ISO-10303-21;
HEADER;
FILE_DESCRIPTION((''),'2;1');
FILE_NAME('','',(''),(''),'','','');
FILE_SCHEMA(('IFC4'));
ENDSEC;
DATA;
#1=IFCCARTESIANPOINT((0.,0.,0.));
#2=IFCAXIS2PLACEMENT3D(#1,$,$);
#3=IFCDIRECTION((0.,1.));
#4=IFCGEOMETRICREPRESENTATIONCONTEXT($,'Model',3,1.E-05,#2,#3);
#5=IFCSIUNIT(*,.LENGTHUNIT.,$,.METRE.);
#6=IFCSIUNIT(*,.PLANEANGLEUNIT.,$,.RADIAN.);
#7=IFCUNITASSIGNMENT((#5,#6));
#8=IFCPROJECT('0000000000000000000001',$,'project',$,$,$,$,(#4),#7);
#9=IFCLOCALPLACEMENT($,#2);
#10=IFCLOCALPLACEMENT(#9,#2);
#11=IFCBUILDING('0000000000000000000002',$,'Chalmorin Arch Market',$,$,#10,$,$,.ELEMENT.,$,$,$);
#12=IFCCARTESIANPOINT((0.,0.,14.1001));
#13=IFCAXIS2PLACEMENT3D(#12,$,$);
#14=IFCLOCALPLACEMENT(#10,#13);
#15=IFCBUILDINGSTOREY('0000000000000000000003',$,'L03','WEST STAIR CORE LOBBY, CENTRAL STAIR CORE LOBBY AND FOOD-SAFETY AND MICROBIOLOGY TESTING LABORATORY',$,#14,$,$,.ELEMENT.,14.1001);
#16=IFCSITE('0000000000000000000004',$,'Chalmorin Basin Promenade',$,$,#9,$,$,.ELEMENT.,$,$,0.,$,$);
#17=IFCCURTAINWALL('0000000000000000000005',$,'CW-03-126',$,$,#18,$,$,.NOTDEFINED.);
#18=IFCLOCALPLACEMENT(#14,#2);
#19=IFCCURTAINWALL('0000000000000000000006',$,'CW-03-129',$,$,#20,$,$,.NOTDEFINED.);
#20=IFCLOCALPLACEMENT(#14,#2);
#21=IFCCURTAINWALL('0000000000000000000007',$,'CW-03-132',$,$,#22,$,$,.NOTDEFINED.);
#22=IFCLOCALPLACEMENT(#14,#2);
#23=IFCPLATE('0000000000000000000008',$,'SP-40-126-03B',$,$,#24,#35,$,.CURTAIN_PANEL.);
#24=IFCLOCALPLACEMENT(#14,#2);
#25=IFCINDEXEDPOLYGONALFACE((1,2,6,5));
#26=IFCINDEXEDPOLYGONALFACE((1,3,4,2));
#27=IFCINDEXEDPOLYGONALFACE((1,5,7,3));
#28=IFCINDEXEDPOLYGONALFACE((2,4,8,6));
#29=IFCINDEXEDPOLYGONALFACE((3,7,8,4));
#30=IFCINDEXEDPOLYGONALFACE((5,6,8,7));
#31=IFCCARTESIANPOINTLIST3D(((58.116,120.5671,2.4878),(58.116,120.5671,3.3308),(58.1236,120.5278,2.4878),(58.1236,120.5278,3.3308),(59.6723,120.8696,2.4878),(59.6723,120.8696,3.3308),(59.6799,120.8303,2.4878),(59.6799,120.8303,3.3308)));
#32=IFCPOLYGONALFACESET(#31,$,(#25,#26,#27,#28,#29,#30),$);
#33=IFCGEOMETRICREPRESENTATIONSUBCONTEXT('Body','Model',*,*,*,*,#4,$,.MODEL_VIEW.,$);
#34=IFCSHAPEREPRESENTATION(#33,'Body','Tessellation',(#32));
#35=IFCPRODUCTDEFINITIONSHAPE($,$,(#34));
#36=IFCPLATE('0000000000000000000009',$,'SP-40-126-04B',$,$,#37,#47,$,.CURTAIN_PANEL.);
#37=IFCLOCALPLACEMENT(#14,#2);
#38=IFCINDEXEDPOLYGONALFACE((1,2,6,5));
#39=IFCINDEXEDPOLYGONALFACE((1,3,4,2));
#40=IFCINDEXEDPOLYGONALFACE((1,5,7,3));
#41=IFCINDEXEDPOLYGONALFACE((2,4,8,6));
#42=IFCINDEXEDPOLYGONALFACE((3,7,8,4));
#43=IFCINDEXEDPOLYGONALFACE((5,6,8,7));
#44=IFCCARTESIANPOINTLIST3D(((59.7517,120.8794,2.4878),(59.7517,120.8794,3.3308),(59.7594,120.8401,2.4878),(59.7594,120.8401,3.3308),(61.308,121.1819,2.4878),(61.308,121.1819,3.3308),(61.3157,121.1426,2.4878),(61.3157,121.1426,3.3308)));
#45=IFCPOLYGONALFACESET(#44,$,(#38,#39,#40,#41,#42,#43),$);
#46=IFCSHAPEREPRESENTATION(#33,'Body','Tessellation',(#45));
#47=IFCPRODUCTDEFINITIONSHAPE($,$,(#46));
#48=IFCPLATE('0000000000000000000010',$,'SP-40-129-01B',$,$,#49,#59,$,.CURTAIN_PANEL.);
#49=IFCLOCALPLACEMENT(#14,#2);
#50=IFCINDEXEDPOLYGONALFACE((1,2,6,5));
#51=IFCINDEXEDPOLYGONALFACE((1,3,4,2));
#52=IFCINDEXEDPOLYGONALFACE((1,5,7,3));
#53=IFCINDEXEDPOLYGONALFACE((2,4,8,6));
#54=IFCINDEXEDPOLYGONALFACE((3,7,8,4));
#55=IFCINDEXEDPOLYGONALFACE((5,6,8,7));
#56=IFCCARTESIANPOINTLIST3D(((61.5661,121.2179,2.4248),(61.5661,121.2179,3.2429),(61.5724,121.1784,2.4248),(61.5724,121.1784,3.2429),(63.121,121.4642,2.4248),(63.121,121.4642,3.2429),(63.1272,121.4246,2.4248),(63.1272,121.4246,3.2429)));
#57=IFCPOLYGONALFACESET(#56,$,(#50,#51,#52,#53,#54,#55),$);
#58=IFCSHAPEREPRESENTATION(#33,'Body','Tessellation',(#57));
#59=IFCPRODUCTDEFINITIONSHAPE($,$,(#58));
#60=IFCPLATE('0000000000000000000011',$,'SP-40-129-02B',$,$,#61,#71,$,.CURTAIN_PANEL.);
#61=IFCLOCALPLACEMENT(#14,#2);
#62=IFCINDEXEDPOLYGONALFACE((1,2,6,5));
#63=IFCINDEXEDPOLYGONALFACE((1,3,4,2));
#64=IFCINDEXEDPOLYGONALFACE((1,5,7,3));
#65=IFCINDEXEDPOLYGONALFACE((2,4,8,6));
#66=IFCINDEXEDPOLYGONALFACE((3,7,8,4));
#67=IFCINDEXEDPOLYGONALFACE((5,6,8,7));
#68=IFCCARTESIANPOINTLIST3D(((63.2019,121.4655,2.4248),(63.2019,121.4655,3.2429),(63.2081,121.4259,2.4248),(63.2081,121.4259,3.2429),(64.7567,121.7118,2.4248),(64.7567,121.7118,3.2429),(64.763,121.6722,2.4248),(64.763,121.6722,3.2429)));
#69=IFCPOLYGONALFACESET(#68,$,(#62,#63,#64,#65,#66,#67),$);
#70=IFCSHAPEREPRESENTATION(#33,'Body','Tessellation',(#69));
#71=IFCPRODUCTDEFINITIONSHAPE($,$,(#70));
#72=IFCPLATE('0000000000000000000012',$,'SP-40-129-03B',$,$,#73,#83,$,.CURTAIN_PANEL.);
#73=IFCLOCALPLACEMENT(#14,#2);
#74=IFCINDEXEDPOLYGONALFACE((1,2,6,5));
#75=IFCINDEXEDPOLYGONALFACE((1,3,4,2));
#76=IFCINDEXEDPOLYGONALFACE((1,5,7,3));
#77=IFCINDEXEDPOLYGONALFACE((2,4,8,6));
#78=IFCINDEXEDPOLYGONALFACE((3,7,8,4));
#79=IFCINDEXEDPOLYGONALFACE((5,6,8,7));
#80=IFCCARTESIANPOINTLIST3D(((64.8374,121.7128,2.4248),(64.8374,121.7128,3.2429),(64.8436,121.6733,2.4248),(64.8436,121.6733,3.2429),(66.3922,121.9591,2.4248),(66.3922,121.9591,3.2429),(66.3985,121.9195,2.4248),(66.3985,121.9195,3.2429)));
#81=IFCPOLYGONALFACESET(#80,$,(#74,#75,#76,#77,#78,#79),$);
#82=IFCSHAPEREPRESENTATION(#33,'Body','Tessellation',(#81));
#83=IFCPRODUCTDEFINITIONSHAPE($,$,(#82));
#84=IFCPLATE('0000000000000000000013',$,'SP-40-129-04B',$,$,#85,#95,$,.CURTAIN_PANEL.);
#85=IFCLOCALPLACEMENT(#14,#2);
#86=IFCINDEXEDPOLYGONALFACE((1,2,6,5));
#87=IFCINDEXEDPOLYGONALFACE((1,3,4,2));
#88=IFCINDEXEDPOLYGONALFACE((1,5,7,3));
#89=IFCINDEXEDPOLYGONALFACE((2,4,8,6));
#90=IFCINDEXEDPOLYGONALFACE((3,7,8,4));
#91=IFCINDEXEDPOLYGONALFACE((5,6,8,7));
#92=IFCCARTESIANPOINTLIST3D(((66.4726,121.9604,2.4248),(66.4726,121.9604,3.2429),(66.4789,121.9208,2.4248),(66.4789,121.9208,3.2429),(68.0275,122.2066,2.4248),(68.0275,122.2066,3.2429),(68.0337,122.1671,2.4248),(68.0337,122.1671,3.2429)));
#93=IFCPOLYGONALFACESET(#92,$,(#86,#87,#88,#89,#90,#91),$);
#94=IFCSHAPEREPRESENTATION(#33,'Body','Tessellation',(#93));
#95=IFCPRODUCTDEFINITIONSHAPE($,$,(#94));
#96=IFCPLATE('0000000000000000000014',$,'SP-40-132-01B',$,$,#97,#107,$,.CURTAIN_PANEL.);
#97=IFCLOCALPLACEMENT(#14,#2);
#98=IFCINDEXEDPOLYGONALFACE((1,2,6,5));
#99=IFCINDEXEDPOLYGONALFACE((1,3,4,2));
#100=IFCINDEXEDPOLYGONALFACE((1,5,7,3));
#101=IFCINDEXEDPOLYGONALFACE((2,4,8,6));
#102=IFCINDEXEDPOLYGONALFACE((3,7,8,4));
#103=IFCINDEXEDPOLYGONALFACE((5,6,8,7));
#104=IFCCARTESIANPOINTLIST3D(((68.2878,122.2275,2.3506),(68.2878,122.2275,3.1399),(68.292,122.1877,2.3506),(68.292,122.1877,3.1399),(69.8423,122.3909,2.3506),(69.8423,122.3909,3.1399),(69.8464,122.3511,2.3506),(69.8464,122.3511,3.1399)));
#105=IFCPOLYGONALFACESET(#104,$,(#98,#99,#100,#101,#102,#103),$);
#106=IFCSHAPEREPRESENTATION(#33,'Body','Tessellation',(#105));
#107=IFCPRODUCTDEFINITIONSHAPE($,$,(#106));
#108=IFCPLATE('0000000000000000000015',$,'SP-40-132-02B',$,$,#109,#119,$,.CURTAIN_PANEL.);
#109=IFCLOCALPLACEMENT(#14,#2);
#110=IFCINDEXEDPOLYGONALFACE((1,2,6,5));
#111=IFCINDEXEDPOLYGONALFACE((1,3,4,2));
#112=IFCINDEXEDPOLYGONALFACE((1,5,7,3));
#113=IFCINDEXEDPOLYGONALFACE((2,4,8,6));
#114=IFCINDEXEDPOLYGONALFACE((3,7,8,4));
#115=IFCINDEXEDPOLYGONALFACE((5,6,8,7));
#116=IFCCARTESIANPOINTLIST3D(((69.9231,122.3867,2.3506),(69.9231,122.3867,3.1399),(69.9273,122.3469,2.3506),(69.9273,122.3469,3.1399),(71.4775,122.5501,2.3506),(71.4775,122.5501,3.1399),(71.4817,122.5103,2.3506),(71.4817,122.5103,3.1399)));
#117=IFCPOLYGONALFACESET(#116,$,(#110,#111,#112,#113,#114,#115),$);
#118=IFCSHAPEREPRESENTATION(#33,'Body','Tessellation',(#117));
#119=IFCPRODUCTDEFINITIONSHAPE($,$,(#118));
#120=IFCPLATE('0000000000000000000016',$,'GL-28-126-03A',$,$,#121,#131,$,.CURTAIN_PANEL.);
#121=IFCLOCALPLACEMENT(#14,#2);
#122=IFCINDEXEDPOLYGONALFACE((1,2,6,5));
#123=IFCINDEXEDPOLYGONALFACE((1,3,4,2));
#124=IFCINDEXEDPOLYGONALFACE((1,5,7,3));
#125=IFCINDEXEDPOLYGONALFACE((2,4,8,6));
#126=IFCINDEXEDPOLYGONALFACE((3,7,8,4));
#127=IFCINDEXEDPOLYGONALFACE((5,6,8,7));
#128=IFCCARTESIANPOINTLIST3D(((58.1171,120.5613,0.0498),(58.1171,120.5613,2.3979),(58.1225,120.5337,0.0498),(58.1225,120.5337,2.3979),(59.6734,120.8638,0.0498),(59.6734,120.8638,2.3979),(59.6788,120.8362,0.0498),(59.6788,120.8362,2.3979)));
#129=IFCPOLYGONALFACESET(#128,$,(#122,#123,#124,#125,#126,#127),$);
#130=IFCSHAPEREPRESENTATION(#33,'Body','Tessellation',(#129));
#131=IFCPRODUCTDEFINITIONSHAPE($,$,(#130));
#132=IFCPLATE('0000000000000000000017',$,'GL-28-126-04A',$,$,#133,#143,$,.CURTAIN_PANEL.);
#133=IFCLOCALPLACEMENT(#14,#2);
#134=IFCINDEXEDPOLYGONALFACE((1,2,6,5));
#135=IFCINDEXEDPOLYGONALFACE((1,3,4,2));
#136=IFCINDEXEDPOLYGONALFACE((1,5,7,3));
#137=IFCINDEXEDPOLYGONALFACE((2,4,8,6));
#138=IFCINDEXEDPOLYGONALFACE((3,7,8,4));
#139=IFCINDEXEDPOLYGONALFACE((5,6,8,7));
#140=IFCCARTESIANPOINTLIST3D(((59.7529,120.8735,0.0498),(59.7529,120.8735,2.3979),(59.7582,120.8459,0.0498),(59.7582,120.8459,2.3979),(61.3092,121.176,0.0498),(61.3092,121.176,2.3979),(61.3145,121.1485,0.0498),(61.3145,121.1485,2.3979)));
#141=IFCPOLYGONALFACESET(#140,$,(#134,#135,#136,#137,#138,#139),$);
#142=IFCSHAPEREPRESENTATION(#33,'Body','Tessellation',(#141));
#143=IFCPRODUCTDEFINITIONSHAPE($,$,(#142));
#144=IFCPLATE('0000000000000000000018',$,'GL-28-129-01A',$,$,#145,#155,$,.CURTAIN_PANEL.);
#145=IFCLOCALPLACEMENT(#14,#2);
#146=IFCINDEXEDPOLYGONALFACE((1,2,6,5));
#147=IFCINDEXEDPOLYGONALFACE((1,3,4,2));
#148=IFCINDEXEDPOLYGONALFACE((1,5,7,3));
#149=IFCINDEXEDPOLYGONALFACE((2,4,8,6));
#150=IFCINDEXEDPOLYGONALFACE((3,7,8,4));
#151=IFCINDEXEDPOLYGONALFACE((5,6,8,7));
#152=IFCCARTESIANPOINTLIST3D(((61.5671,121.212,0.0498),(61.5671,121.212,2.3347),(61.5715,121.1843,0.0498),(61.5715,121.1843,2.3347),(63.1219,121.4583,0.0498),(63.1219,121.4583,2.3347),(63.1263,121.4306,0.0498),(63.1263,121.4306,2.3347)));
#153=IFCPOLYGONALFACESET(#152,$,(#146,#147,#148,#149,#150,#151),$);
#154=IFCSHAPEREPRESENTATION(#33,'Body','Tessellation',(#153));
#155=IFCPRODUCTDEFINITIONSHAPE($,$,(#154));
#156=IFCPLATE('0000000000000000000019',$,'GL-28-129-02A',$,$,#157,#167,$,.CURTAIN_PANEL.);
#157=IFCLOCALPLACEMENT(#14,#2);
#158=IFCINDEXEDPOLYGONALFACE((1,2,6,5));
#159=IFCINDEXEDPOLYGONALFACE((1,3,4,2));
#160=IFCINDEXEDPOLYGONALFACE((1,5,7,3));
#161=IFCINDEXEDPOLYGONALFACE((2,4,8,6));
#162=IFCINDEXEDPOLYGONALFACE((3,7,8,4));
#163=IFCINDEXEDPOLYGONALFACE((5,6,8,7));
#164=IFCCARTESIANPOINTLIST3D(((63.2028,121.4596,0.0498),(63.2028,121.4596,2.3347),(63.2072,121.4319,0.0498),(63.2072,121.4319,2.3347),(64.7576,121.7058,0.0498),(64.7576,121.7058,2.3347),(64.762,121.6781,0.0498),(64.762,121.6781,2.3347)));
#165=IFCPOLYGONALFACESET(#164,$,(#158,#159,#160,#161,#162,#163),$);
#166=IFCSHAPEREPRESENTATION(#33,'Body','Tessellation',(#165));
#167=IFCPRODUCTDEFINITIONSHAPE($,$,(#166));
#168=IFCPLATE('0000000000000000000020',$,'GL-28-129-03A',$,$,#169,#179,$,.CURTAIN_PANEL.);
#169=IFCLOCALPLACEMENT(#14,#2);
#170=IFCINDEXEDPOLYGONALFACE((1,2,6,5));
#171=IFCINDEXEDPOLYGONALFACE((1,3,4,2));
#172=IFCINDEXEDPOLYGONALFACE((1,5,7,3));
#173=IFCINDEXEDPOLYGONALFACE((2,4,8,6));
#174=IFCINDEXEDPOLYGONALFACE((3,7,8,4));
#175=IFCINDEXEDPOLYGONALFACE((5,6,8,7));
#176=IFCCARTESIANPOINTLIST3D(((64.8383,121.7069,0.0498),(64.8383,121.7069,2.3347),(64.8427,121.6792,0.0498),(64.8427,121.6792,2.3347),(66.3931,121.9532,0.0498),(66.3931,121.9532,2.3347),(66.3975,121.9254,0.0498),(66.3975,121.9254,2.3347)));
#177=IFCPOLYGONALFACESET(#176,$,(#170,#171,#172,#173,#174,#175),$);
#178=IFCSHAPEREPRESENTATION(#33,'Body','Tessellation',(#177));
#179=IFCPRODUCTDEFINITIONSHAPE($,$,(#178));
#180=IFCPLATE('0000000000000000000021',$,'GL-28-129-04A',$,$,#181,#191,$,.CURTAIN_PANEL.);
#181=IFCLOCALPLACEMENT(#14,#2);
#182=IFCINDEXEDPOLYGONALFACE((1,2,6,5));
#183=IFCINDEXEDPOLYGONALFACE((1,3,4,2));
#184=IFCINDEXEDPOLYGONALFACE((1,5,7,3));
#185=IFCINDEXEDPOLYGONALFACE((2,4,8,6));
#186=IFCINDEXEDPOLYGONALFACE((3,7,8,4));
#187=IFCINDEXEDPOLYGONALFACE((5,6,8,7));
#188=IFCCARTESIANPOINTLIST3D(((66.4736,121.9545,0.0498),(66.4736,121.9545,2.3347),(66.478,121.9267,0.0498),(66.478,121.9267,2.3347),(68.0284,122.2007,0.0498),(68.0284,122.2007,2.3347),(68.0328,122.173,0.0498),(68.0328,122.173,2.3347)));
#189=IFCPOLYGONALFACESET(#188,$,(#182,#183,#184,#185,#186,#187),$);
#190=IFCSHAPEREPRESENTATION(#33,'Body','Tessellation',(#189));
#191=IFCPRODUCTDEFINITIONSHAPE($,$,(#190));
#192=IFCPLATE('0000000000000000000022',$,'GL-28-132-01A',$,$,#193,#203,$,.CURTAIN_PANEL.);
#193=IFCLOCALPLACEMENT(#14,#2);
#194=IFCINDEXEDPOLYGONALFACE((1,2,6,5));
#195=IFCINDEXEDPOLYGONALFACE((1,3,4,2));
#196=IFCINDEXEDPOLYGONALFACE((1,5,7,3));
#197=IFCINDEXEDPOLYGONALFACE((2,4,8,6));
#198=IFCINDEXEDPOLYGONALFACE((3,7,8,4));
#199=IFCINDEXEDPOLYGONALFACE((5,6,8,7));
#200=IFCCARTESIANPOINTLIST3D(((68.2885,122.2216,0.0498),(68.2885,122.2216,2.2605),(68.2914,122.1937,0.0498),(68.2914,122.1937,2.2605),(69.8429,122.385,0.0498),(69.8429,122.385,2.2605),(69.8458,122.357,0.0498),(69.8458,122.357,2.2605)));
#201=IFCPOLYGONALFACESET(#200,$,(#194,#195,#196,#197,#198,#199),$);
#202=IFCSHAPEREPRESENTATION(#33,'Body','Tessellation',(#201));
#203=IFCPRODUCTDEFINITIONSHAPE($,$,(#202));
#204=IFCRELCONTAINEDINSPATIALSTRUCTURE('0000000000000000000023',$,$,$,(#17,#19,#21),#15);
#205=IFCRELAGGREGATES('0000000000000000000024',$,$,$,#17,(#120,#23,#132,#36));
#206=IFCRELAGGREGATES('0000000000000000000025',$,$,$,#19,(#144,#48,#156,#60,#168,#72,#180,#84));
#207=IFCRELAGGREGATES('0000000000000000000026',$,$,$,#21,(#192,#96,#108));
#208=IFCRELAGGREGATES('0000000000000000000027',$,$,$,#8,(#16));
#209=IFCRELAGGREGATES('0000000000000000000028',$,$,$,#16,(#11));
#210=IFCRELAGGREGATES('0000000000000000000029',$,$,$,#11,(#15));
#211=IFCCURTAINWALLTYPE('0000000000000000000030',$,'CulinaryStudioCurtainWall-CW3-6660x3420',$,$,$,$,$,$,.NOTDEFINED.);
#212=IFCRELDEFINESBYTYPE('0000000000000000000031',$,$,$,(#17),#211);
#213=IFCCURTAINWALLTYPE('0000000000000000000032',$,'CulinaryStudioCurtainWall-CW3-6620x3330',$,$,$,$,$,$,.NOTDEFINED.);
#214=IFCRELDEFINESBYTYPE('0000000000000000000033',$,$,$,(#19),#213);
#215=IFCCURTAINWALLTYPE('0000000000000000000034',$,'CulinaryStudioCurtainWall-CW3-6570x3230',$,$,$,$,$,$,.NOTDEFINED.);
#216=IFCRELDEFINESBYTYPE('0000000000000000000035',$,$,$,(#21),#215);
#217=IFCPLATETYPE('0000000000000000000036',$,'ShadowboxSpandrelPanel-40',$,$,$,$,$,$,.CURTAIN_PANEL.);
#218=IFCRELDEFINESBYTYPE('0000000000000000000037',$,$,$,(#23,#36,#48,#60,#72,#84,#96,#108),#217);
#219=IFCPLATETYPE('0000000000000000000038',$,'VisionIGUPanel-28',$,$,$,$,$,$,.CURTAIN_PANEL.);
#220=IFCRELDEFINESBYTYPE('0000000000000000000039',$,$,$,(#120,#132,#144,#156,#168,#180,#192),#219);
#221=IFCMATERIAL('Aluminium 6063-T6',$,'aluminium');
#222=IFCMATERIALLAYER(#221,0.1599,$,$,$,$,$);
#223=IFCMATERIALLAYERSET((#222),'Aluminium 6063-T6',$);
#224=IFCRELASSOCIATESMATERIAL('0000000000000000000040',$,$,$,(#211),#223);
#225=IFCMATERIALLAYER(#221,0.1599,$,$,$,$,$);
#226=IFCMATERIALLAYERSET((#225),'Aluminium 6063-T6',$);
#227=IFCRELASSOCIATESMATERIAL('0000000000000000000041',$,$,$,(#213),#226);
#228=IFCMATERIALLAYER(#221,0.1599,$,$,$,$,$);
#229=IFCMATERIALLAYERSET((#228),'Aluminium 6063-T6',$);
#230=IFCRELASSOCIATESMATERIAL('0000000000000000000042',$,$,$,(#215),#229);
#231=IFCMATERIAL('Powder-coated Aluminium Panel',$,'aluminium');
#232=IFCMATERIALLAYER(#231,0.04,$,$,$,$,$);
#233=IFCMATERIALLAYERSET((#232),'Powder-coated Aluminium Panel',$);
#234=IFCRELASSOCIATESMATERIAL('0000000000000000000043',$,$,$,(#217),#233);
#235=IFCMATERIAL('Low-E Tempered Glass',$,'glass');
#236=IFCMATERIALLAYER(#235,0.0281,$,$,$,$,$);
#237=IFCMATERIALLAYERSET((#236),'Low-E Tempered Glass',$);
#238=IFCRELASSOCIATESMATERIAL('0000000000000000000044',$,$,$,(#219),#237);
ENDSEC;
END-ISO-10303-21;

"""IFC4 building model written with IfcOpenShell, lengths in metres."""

from ifc_helpers import new_model, si_unit, direction, frame, origin, origin_2d, place, context, subcontext, project, spatial, rectangle, extrude, material, layer, layer_set, type_object, element, aggregate, save


model = new_model("IFC4")

# Units and contexts
model_context = context("Model", 3, precision=1e-05, world=origin(), true_north=direction((0.0, 1.0)))
body_context = subcontext(model_context, "Body", "Model", "MODEL_VIEW")
ifc_project = project(units=[si_unit("LENGTHUNIT", "METRE"), si_unit("PLANEANGLEUNIT", "RADIAN")], contexts=[model_context])

# Site, building, storey
site_placement = place(None, origin())
site = spatial("IfcSite", under=ifc_project, at=site_placement, Name="Chalmorin Basin Promenade", CompositionType="ELEMENT", RefElevation=0.0)
building_placement = place(site_placement, origin())
building = spatial("IfcBuilding", under=site, at=building_placement, Name="Chalmorin Arch Market", CompositionType="ELEMENT")
storey_placement = place(building_placement, frame((0.0, 0.0, 14.1001)))
storey = spatial("IfcBuildingStorey", under=building, at=storey_placement, Name="L03", Description="WEST STAIR CORE LOBBY, CENTRAL STAIR CORE LOBBY AND FOOD-SAFETY AND MICROBIOLOGY TESTING LABORATORY", CompositionType="ELEMENT", Elevation=14.1001)

# Curtain walls
ifc_material_1 = material(Name="Aluminium 6063-T6", Category="aluminium")
ifc_layer_1 = layer(ifc_material_1, 0.1599)
ifc_layer_set_1 = layer_set([ifc_layer_1], Name="Aluminium 6063-T6")
curtain_wall_type_1 = type_object("IfcCurtainWallType", Name="CulinaryStudioCurtainWall-CW3-6660x3420", PredefinedType="NOTDEFINED", material=ifc_layer_set_1)
curtain_wall_1_placement = place(storey_placement, origin())
curtain_wall_1 = element("IfcCurtainWall", 1, at=curtain_wall_1_placement, inside=storey, type_object=curtain_wall_type_1, Name="CW-03-126", PredefinedType="NOTDEFINED")
ifc_layer_2 = layer(ifc_material_1, 0.1599)
ifc_layer_set_2 = layer_set([ifc_layer_2], Name="Aluminium 6063-T6")
curtain_wall_type_2 = type_object("IfcCurtainWallType", Name="CulinaryStudioCurtainWall-CW3-6620x3330", PredefinedType="NOTDEFINED", material=ifc_layer_set_2)
curtain_wall_2_placement = place(storey_placement, origin())
curtain_wall_2 = element("IfcCurtainWall", 2, at=curtain_wall_2_placement, inside=storey, type_object=curtain_wall_type_2, Name="CW-03-129", PredefinedType="NOTDEFINED")
ifc_layer_3 = layer(ifc_material_1, 0.1599)
ifc_layer_set_3 = layer_set([ifc_layer_3], Name="Aluminium 6063-T6")
curtain_wall_type_3 = type_object("IfcCurtainWallType", Name="CulinaryStudioCurtainWall-CW3-6570x3230", PredefinedType="NOTDEFINED", material=ifc_layer_set_3)
curtain_wall_3_placement = place(storey_placement, origin())
curtain_wall_3 = element("IfcCurtainWall", 3, at=curtain_wall_3_placement, inside=storey, type_object=curtain_wall_type_3, Name="CW-03-132", PredefinedType="NOTDEFINED")

# Plates
ifc_material_2 = material(Name="Powder-coated Aluminium Panel", Category="aluminium")
ifc_layer_4 = layer(ifc_material_2, 0.04)
ifc_layer_set_4 = layer_set([ifc_layer_4], Name="Powder-coated Aluminium Panel")
plate_type_1 = type_object("IfcPlateType", Name="ShadowboxSpandrelPanel-40", PredefinedType="CURTAIN_PANEL", material=ifc_layer_set_4)
plate_1_placement = place(storey_placement, frame((58.8979, 120.6987, 2.4878), z_axis=(0.0, 0.0, 1.0), x_axis=(0.981627, 0.190809, 0.0)))
plate_1 = element("IfcPlate", 4, at=plate_1_placement, type_object=plate_type_1, Name="SP-40-126-03B", PredefinedType="CURTAIN_PANEL", context=body_context, shape_type="SweptSolid", body=[
    extrude(rectangle(XDim=1.5854, YDim=0.04, at=origin_2d()), origin(), (0.0, 0.0, 1.0), 0.843),
])
plate_2_placement = place(storey_placement, frame((60.5337, 121.011, 2.4878), z_axis=(0.0, 0.0, 1.0), x_axis=(0.981627, 0.190809, 0.0)))
plate_2 = element("IfcPlate", 5, at=plate_2_placement, type_object=plate_type_1, Name="SP-40-126-04B", PredefinedType="CURTAIN_PANEL", context=body_context, shape_type="SweptSolid", body=[
    extrude(rectangle(XDim=1.5854, YDim=0.04, at=origin_2d()), origin(), (0.0, 0.0, 1.0), 0.843),
])
plate_3_placement = place(storey_placement, frame((62.3467, 121.3213, 2.4248), z_axis=(0.0, 0.0, 1.0), x_axis=(0.987688, 0.156434, 0.0)))
plate_3 = element("IfcPlate", 6, at=plate_3_placement, type_object=plate_type_1, Name="SP-40-129-01B", PredefinedType="CURTAIN_PANEL", context=body_context, shape_type="SweptSolid", body=[
    extrude(rectangle(XDim=1.5742, YDim=0.04, at=origin_2d()), origin(), (0.0, 0.0, 1.0), 0.8181),
])
plate_4_placement = place(storey_placement, frame((63.9824, 121.5688, 2.4248), z_axis=(0.0, 0.0, 1.0), x_axis=(0.987688, 0.156434, 0.0)))
plate_4 = element("IfcPlate", 7, at=plate_4_placement, type_object=plate_type_1, Name="SP-40-129-02B", PredefinedType="CURTAIN_PANEL", context=body_context, shape_type="SweptSolid", body=[
    extrude(rectangle(XDim=1.5742, YDim=0.04, at=origin_2d()), origin(), (0.0, 0.0, 1.0), 0.8181),
])
plate_5_placement = place(storey_placement, frame((65.6179, 121.8162, 2.4248), z_axis=(0.0, 0.0, 1.0), x_axis=(0.987688, 0.156434, 0.0)))
plate_5 = element("IfcPlate", 8, at=plate_5_placement, type_object=plate_type_1, Name="SP-40-129-03B", PredefinedType="CURTAIN_PANEL", context=body_context, shape_type="SweptSolid", body=[
    extrude(rectangle(XDim=1.5742, YDim=0.04, at=origin_2d()), origin(), (0.0, 0.0, 1.0), 0.8181),
])
plate_6_placement = place(storey_placement, frame((67.2532, 122.0637, 2.4248), z_axis=(0.0, 0.0, 1.0), x_axis=(0.987688, 0.156434, 0.0)))
plate_6 = element("IfcPlate", 9, at=plate_6_placement, type_object=plate_type_1, Name="SP-40-129-04B", PredefinedType="CURTAIN_PANEL", context=body_context, shape_type="SweptSolid", body=[
    extrude(rectangle(XDim=1.5742, YDim=0.04, at=origin_2d()), origin(), (0.0, 0.0, 1.0), 0.8181),
])
plate_7_placement = place(storey_placement, frame((69.0671, 122.2893, 2.3506), z_axis=(0.0, 0.0, 1.0), x_axis=(0.994522, 0.104528, 0.0)))
plate_7 = element("IfcPlate", 10, at=plate_7_placement, type_object=plate_type_1, Name="SP-40-132-01B", PredefinedType="CURTAIN_PANEL", context=body_context, shape_type="SweptSolid", body=[
    extrude(rectangle(XDim=1.563, YDim=0.04, at=origin_2d()), origin(), (0.0, 0.0, 1.0), 0.7893),
])
plate_8_placement = place(storey_placement, frame((70.7024, 122.4485, 2.3506), z_axis=(0.0, 0.0, 1.0), x_axis=(0.994522, 0.104528, 0.0)))
plate_8 = element("IfcPlate", 11, at=plate_8_placement, type_object=plate_type_1, Name="SP-40-132-02B", PredefinedType="CURTAIN_PANEL", context=body_context, shape_type="SweptSolid", body=[
    extrude(rectangle(XDim=1.563, YDim=0.04, at=origin_2d()), origin(), (0.0, 0.0, 1.0), 0.7893),
])
ifc_material_3 = material(Name="Low-E Tempered Glass", Category="glass")
ifc_layer_5 = layer(ifc_material_3, 0.0281)
ifc_layer_set_5 = layer_set([ifc_layer_5], Name="Low-E Tempered Glass")
plate_type_2 = type_object("IfcPlateType", Name="VisionIGUPanel-28", PredefinedType="CURTAIN_PANEL", material=ifc_layer_set_5)
plate_9_placement = place(storey_placement, frame((58.8979, 120.6987, 0.0498), z_axis=(0.0, 0.0, 1.0), x_axis=(0.981627, 0.190809, 0.0)))
plate_9 = element("IfcPlate", 12, at=plate_9_placement, type_object=plate_type_2, Name="GL-28-126-03A", PredefinedType="CURTAIN_PANEL", context=body_context, shape_type="SweptSolid", body=[
    extrude(rectangle(XDim=1.5854, YDim=0.0281, at=origin_2d()), origin(), (0.0, 0.0, 1.0), 2.3481),
])
plate_10_placement = place(storey_placement, frame((60.5337, 121.011, 0.0498), z_axis=(0.0, 0.0, 1.0), x_axis=(0.981627, 0.190809, 0.0)))
plate_10 = element("IfcPlate", 13, at=plate_10_placement, type_object=plate_type_2, Name="GL-28-126-04A", PredefinedType="CURTAIN_PANEL", context=body_context, shape_type="SweptSolid", body=[
    extrude(rectangle(XDim=1.5854, YDim=0.0281, at=origin_2d()), origin(), (0.0, 0.0, 1.0), 2.3481),
])
aggregate(curtain_wall_1, [plate_9, plate_1, plate_10, plate_2])
plate_11_placement = place(storey_placement, frame((62.3467, 121.3213, 0.0498), z_axis=(0.0, 0.0, 1.0), x_axis=(0.987688, 0.156434, 0.0)))
plate_11 = element("IfcPlate", 14, at=plate_11_placement, type_object=plate_type_2, Name="GL-28-129-01A", PredefinedType="CURTAIN_PANEL", context=body_context, shape_type="SweptSolid", body=[
    extrude(rectangle(XDim=1.5742, YDim=0.0281, at=origin_2d()), origin(), (0.0, 0.0, 1.0), 2.2849),
])
plate_12_placement = place(storey_placement, frame((63.9824, 121.5688, 0.0498), z_axis=(0.0, 0.0, 1.0), x_axis=(0.987688, 0.156434, 0.0)))
plate_12 = element("IfcPlate", 15, at=plate_12_placement, type_object=plate_type_2, Name="GL-28-129-02A", PredefinedType="CURTAIN_PANEL", context=body_context, shape_type="SweptSolid", body=[
    extrude(rectangle(XDim=1.5742, YDim=0.0281, at=origin_2d()), origin(), (0.0, 0.0, 1.0), 2.2849),
])
plate_13_placement = place(storey_placement, frame((65.6179, 121.8162, 0.0498), z_axis=(0.0, 0.0, 1.0), x_axis=(0.987688, 0.156434, 0.0)))
plate_13 = element("IfcPlate", 16, at=plate_13_placement, type_object=plate_type_2, Name="GL-28-129-03A", PredefinedType="CURTAIN_PANEL", context=body_context, shape_type="SweptSolid", body=[
    extrude(rectangle(XDim=1.5742, YDim=0.0281, at=origin_2d()), origin(), (0.0, 0.0, 1.0), 2.2849),
])
plate_14_placement = place(storey_placement, frame((67.2532, 122.0637, 0.0498), z_axis=(0.0, 0.0, 1.0), x_axis=(0.987688, 0.156434, 0.0)))
plate_14 = element("IfcPlate", 17, at=plate_14_placement, type_object=plate_type_2, Name="GL-28-129-04A", PredefinedType="CURTAIN_PANEL", context=body_context, shape_type="SweptSolid", body=[
    extrude(rectangle(XDim=1.5742, YDim=0.0281, at=origin_2d()), origin(), (0.0, 0.0, 1.0), 2.2849),
])
aggregate(curtain_wall_2, [plate_11, plate_3, plate_12, plate_4, plate_13, plate_5, plate_14, plate_6])
plate_15_placement = place(storey_placement, frame((69.0671, 122.2893, 0.0498), z_axis=(0.0, 0.0, 1.0), x_axis=(0.994522, 0.104528, 0.0)))
plate_15 = element("IfcPlate", 18, at=plate_15_placement, type_object=plate_type_2, Name="GL-28-132-01A", PredefinedType="CURTAIN_PANEL", context=body_context, shape_type="SweptSolid", body=[
    extrude(rectangle(XDim=1.563, YDim=0.0281, at=origin_2d()), origin(), (0.0, 0.0, 1.0), 2.2107),
])
aggregate(curtain_wall_3, [plate_15, plate_7, plate_8])

save(model, "model.ifc")
